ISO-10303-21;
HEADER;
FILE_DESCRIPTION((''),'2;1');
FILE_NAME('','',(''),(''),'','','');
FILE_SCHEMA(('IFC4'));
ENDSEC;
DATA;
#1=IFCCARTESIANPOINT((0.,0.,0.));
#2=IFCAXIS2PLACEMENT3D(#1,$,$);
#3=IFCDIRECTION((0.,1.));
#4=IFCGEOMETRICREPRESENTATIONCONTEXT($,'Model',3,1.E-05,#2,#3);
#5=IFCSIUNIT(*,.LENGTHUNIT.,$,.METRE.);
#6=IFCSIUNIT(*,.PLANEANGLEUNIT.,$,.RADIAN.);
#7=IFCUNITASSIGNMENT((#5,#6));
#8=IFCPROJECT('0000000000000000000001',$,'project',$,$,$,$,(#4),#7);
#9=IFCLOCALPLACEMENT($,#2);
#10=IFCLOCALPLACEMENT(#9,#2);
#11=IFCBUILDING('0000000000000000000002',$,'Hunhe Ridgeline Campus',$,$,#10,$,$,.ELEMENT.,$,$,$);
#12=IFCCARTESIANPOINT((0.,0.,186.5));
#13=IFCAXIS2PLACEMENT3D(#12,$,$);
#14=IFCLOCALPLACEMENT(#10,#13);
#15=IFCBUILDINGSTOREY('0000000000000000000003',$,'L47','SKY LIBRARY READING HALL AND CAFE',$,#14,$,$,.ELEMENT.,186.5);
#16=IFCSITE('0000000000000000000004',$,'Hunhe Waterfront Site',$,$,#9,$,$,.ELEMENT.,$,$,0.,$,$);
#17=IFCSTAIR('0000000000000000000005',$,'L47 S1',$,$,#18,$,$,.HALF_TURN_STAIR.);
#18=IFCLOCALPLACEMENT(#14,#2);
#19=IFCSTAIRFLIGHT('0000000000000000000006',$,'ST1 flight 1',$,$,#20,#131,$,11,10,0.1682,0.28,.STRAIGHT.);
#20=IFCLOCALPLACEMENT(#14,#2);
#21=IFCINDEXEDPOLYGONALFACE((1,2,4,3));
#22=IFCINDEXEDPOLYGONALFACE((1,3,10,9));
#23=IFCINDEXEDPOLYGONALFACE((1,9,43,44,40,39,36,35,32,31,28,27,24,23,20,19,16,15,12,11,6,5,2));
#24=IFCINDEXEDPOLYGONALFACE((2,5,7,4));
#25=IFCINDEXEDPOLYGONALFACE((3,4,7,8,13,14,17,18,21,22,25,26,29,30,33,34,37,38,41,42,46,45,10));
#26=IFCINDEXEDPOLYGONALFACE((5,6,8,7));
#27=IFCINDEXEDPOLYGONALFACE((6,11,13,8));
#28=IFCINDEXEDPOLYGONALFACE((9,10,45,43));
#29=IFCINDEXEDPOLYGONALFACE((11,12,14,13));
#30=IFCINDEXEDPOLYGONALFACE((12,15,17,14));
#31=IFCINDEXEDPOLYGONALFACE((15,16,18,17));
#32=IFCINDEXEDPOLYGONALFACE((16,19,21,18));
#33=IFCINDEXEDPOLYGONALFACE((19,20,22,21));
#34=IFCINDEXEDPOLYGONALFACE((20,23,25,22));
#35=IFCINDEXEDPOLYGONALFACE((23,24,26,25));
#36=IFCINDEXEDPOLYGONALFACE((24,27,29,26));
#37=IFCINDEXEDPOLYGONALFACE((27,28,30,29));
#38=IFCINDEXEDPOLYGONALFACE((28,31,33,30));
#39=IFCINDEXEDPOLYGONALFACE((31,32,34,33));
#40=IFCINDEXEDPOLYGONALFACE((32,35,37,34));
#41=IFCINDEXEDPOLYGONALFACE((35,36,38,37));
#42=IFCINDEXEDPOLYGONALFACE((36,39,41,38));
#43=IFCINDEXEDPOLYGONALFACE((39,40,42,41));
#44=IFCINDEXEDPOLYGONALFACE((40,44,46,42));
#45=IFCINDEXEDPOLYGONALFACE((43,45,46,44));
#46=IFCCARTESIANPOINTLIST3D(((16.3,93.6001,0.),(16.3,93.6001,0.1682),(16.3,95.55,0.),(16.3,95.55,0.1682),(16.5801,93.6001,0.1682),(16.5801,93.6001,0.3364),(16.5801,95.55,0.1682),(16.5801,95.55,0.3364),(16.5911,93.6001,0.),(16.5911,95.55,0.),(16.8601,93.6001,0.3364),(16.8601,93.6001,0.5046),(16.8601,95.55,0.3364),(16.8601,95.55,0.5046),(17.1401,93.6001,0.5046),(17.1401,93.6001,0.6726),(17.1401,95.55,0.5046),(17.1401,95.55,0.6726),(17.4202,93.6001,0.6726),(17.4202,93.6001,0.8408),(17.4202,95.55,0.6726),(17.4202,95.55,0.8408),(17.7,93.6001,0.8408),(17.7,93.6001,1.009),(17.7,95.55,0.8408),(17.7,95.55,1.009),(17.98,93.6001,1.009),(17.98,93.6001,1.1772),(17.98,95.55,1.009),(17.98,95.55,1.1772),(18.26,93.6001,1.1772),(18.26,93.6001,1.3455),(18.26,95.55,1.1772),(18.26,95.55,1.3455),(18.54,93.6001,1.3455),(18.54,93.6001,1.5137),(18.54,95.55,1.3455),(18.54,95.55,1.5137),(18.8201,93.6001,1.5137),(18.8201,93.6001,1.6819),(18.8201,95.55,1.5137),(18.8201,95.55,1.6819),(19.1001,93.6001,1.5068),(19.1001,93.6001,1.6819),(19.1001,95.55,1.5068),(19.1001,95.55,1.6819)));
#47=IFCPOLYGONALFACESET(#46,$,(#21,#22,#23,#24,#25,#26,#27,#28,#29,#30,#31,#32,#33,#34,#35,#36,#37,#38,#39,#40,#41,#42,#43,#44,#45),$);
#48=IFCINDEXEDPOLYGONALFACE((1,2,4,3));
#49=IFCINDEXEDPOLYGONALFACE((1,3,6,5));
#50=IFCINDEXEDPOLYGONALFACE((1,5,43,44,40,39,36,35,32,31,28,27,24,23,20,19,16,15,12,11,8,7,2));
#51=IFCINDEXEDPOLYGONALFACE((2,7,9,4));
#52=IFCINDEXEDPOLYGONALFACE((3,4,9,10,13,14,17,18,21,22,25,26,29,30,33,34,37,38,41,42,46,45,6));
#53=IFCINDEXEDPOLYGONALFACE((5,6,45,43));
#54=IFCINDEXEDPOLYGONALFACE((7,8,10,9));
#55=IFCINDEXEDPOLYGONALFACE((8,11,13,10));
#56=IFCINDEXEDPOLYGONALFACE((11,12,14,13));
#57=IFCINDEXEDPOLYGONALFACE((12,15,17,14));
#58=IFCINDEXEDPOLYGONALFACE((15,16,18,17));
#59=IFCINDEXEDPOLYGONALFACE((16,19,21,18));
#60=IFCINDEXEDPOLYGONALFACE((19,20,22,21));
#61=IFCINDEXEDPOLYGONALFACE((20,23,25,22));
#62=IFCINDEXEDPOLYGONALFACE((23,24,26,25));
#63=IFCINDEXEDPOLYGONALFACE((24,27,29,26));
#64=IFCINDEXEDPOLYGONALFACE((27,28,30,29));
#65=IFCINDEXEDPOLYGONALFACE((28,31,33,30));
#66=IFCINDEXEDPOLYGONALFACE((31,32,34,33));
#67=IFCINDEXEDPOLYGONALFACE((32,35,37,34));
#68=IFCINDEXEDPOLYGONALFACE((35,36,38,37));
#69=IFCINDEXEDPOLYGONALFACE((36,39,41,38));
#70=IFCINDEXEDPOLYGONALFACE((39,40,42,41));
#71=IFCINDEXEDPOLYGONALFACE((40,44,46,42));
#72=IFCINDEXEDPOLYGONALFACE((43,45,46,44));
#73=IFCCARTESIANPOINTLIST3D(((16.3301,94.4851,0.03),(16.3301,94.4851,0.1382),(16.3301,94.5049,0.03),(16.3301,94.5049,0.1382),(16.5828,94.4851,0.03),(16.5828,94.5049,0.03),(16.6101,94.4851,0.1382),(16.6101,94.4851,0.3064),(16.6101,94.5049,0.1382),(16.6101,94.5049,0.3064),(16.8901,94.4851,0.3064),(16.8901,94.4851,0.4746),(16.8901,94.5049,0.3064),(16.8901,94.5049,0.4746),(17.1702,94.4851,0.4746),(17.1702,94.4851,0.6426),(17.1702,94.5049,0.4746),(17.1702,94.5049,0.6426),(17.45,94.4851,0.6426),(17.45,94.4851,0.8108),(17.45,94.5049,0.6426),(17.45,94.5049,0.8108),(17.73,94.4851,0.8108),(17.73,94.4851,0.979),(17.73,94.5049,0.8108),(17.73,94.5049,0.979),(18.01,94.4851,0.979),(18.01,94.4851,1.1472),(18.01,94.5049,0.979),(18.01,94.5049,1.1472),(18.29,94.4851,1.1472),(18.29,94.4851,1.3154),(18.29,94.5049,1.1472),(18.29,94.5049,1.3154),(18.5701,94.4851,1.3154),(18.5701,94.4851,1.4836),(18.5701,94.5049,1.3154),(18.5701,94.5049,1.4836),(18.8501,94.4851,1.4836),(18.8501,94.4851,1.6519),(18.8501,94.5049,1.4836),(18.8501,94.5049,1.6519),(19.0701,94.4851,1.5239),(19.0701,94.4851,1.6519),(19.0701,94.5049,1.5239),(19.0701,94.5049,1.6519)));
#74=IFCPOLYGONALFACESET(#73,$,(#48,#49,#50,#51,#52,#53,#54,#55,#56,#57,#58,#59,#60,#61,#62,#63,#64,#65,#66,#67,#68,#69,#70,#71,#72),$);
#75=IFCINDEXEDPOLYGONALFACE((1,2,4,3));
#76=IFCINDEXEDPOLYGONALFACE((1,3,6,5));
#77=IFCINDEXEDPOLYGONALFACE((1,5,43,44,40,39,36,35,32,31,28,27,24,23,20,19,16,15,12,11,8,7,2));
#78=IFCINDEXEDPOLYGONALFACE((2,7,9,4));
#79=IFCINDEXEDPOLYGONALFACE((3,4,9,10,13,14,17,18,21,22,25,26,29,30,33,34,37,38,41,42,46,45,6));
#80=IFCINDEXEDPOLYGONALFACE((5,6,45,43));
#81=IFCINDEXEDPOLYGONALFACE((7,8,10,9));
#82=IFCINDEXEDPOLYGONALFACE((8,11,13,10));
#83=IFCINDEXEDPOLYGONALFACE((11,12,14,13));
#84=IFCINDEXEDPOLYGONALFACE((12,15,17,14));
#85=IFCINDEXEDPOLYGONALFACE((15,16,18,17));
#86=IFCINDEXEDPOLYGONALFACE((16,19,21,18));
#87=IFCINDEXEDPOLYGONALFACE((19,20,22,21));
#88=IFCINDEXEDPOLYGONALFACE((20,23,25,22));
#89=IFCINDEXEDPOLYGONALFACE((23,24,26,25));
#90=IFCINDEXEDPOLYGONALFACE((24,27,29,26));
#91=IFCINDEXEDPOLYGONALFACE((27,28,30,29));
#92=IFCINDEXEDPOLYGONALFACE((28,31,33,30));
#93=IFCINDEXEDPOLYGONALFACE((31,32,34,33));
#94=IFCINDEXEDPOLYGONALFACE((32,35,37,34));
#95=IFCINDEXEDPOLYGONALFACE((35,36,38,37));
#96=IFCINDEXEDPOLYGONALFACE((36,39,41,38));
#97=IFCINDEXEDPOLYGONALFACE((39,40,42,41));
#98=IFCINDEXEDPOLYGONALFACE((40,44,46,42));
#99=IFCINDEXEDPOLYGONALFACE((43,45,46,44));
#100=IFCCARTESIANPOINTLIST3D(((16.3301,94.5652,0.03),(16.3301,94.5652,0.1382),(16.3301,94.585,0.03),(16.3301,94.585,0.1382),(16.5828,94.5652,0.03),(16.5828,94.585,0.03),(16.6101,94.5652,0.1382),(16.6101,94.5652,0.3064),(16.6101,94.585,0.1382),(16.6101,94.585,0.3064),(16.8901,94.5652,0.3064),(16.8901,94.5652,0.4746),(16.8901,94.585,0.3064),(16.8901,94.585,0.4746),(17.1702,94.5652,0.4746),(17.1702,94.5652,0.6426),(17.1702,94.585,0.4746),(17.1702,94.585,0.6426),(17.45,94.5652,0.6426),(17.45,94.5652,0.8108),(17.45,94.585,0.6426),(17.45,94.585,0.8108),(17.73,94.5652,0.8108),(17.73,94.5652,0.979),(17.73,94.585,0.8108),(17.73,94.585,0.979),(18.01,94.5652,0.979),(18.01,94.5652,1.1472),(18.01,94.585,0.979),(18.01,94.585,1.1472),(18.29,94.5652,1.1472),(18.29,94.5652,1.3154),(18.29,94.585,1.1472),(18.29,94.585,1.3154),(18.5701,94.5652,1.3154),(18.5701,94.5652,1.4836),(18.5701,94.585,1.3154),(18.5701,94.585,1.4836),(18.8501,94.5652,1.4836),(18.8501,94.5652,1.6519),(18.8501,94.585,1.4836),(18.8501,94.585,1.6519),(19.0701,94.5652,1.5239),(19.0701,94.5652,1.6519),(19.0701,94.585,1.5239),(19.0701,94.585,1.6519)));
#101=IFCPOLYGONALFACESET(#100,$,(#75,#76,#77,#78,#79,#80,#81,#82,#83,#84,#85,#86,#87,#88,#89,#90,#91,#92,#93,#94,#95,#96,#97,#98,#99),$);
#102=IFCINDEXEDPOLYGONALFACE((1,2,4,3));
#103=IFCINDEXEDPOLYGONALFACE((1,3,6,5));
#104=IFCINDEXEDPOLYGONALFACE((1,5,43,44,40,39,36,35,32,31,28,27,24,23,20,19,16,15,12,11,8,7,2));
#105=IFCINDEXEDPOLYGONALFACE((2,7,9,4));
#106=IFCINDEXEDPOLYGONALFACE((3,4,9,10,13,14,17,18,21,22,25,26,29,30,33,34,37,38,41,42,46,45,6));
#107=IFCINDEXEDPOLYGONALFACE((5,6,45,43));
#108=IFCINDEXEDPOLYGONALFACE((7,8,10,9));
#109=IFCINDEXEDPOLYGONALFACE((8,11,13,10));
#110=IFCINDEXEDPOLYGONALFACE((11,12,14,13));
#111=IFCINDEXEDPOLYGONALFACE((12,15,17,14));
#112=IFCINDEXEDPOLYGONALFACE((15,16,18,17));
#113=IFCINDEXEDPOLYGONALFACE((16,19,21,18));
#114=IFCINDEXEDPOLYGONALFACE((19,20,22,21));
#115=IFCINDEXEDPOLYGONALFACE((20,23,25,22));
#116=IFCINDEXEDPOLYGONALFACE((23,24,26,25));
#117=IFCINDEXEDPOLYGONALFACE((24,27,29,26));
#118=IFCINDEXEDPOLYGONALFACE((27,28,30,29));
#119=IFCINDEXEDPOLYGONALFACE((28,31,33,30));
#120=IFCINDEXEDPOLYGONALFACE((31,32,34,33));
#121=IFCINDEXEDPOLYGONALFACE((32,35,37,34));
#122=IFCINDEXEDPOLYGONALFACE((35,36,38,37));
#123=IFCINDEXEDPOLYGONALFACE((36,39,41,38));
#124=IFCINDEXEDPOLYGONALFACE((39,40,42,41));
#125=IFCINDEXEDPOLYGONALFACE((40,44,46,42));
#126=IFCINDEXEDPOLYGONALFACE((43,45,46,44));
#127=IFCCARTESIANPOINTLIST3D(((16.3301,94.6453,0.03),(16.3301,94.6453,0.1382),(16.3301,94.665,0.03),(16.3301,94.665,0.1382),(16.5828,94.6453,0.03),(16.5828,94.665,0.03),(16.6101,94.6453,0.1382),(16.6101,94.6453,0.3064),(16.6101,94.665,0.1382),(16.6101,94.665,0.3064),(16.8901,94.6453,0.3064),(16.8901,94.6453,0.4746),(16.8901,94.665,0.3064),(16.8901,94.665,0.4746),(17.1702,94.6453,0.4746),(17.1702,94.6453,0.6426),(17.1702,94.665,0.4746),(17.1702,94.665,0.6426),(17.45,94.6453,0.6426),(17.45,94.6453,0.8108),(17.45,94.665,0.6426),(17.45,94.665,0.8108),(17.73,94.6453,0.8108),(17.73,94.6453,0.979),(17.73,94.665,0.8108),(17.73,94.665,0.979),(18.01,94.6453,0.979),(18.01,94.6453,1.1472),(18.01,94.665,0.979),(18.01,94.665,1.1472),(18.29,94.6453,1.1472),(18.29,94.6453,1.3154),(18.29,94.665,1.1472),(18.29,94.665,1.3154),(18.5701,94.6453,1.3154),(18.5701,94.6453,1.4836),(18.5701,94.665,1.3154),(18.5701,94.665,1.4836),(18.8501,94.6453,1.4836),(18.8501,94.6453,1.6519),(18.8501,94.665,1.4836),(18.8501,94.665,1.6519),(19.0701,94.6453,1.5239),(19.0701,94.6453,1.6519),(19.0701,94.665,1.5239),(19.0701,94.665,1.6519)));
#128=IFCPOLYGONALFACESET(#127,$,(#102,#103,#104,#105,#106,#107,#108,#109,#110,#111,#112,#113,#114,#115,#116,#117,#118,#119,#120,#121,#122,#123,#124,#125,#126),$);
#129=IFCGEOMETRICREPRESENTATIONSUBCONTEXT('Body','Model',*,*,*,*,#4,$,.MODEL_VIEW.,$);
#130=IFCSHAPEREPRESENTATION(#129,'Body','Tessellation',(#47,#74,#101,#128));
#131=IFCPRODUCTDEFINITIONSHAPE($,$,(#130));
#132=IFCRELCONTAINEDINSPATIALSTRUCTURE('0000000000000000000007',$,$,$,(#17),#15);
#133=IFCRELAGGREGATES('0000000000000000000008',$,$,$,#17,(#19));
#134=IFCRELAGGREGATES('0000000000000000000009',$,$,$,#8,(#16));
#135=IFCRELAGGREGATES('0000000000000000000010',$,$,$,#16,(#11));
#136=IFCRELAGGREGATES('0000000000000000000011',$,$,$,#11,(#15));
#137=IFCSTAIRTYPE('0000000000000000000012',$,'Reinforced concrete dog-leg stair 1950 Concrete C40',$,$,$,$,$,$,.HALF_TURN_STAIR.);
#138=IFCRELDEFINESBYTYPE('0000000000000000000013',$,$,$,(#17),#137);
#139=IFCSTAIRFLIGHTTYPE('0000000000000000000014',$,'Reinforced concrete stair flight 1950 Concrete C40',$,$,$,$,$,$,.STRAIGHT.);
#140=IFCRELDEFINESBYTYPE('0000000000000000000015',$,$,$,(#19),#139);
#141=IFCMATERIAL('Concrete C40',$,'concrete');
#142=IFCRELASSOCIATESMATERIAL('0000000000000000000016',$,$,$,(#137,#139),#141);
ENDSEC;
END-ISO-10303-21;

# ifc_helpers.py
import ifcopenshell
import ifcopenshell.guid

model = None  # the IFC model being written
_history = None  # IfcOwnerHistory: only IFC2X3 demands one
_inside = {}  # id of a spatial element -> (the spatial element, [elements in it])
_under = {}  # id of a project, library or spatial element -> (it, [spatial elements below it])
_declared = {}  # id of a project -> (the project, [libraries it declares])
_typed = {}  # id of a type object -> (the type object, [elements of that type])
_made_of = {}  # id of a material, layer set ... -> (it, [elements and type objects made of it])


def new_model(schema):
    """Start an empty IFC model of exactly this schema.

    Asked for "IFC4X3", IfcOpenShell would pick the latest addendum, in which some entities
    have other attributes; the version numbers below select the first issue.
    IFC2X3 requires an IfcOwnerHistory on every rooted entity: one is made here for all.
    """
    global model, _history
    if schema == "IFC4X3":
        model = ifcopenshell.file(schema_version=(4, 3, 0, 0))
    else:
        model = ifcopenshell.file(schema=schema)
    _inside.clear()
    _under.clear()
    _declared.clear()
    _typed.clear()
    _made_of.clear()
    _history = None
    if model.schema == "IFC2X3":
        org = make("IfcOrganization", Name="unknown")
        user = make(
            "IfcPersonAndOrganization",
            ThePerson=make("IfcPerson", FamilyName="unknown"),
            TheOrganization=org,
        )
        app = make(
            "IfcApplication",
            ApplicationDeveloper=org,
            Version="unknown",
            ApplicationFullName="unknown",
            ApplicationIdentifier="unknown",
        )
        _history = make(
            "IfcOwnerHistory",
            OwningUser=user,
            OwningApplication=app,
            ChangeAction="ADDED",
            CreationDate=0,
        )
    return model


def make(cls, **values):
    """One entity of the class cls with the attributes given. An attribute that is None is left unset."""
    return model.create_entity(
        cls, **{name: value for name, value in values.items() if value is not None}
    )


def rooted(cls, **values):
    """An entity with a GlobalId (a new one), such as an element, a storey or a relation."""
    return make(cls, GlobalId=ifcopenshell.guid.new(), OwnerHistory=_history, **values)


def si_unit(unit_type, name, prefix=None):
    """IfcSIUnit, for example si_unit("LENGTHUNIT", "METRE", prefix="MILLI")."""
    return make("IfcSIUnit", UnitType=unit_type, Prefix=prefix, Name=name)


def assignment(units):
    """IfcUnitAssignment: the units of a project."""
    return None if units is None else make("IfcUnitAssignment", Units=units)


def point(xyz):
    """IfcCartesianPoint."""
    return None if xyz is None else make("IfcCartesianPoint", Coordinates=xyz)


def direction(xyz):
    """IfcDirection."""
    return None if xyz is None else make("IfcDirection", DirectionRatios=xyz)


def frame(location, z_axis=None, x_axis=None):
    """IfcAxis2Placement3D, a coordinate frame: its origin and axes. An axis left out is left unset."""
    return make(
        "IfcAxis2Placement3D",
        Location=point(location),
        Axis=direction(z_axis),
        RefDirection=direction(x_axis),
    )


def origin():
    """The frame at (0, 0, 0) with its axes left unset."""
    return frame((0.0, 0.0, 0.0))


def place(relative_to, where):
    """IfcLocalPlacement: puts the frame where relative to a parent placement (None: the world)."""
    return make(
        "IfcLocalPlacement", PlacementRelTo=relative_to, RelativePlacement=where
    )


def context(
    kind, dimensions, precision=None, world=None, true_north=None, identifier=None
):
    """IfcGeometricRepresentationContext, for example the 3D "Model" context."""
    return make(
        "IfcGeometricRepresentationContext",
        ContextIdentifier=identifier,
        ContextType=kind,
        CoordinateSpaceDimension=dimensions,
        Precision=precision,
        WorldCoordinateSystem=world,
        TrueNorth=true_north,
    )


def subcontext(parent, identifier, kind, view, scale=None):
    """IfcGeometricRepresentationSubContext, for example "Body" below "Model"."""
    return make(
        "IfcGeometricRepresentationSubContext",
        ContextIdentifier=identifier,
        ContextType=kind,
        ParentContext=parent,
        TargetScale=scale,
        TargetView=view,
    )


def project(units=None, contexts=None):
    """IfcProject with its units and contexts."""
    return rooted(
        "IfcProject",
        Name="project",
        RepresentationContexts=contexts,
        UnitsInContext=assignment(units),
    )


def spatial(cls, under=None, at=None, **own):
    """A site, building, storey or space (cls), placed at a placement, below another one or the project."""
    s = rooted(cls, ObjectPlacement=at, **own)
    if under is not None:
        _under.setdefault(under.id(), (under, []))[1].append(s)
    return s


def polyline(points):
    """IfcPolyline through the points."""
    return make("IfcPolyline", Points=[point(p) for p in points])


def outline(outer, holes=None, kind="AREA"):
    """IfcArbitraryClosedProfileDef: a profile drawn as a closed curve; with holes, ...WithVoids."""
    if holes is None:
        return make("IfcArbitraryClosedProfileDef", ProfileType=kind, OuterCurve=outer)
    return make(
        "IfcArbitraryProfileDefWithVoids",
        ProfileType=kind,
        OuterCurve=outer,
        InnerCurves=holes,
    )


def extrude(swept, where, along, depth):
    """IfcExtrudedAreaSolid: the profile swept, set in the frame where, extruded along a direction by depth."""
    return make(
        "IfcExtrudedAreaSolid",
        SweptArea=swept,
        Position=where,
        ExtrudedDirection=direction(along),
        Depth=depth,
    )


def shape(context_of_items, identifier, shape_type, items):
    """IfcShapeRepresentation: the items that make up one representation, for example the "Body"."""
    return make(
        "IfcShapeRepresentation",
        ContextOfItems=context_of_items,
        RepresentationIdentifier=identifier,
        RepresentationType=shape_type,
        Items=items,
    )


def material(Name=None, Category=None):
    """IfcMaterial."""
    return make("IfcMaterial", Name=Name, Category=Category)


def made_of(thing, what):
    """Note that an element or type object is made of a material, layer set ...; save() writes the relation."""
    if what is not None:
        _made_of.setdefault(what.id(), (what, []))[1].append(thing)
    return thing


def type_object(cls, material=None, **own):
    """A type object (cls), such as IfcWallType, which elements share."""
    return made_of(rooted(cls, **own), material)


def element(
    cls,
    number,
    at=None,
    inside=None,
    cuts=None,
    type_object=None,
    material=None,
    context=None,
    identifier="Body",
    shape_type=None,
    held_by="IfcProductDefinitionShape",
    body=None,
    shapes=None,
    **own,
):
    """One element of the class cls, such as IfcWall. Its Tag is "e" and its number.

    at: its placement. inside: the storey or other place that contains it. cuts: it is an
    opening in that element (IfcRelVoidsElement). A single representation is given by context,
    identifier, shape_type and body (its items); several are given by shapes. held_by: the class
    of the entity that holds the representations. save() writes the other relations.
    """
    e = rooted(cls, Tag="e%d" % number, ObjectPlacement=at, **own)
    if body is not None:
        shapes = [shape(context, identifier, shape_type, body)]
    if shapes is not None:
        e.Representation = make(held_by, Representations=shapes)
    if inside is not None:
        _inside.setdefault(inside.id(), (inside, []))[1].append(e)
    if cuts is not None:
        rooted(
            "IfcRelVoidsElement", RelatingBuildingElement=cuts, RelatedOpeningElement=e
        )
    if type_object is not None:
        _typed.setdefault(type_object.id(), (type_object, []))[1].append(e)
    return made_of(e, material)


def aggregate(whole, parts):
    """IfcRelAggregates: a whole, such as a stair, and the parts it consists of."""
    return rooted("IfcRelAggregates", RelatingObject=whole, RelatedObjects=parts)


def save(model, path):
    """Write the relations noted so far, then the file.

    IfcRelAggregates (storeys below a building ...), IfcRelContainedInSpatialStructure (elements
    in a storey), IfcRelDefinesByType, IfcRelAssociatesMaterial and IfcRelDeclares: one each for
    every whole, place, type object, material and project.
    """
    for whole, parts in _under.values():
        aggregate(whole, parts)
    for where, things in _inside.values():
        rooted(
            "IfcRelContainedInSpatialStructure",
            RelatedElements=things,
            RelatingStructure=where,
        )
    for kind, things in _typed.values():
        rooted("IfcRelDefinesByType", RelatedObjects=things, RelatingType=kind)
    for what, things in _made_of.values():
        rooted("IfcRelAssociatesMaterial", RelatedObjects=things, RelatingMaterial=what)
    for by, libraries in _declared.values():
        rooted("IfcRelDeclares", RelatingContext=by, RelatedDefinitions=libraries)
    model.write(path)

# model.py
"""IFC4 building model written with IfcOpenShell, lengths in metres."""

from ifc_helpers import new_model, si_unit, direction, frame, origin, place, context, subcontext, project, spatial, polyline, outline, extrude, material, type_object, element, aggregate, save


model = new_model("IFC4")

# Units and contexts
model_context = context("Model", 3, precision=1e-05, world=origin(), true_north=direction((0.0, 1.0)))
body_context = subcontext(model_context, "Body", "Model", "MODEL_VIEW")
ifc_project = project(units=[si_unit("LENGTHUNIT", "METRE"), si_unit("PLANEANGLEUNIT", "RADIAN")], contexts=[model_context])

# Site, building, storey
site_placement = place(None, origin())
site = spatial("IfcSite", under=ifc_project, at=site_placement, Name="Hunhe Waterfront Site", CompositionType="ELEMENT", RefElevation=0.0)
building_placement = place(site_placement, origin())
building = spatial("IfcBuilding", under=site, at=building_placement, Name="Hunhe Ridgeline Campus", CompositionType="ELEMENT")
storey_placement = place(building_placement, frame((0.0, 0.0, 186.5)))
storey = spatial("IfcBuildingStorey", under=building, at=storey_placement, Name="L47", Description="SKY LIBRARY READING HALL AND CAFE", CompositionType="ELEMENT", Elevation=186.5)

# Stair, stair flight
ifc_material_1 = material(Name="Concrete C40", Category="concrete")
stair_type = type_object("IfcStairType", Name="Reinforced concrete dog-leg stair 1950 Concrete C40", PredefinedType="HALF_TURN_STAIR", material=ifc_material_1)
stair_placement = place(storey_placement, origin())
stair = element("IfcStair", 1, at=stair_placement, inside=storey, type_object=stair_type, Name="L47 S1", PredefinedType="HALF_TURN_STAIR")
stair_flight_type = type_object("IfcStairFlightType", Name="Reinforced concrete stair flight 1950 Concrete C40", PredefinedType="STRAIGHT", material=ifc_material_1)
stair_flight_1_placement = place(storey_placement, frame((16.3, 94.575, 0.0), z_axis=(0.0, 0.0, 1.0), x_axis=(1.0, 0.0, 0.0)))
stair_flight_1 = element("IfcStairFlight", 2, at=stair_flight_1_placement, type_object=stair_flight_type, Name="ST1 flight 1", NumberOfRisers=11, NumberOfTreads=10, PredefinedType="STRAIGHT", RiserHeight=0.1682, TreadLength=0.28, context=body_context, shape_type="SweptSolid", body=[
    extrude(outline(polyline([(0.0, 0.0), (0.0, 0.1682), (0.28, 0.1682), (0.28, 0.3364), (0.5601, 0.3364), (0.5601, 0.5046), (0.8401, 0.5046), (0.8401, 0.6726), (1.1201, 0.6726), (1.1201, 0.8408), (1.3999, 0.8408), (1.3999, 1.009), (1.6799, 1.009), (1.6799, 1.1772), (1.96, 1.1772), (1.96, 1.3455), (2.24, 1.3455), (2.24, 1.5137), (2.52, 1.5137), (2.52, 1.6819), (2.8, 1.6819), (2.8, 1.8501), (2.8, 1.5068), (0.291, 0.0), (0.0, 0.0)])), frame((0.0, 0.9751, 0.0), z_axis=(0.0, -1.0, 0.0), x_axis=(1.0, 0.0, 0.0)), (0.0, 0.0, 1.0), 1.95),
    extrude(outline(polyline([(0.03, 0.03), (0.03, 0.1382), (0.3101, 0.1382), (0.3101, 0.3064), (0.5901, 0.3064), (0.5901, 0.4746), (0.8701, 0.4746), (0.8701, 0.6426), (1.1499, 0.6426), (1.1499, 0.8108), (1.4299, 0.8108), (1.4299, 0.979), (1.71, 0.979), (1.71, 1.1472), (1.99, 1.1472), (1.99, 1.3154), (2.27, 1.3154), (2.27, 1.4836), (2.55, 1.4836), (2.55, 1.6519), (2.77, 1.6519), (2.77, 1.5239), (0.2827, 0.03), (0.03, 0.03)])), frame((0.0, -0.0701, 0.0), z_axis=(0.0, -1.0, 0.0), x_axis=(1.0, 0.0, 0.0)), (0.0, 0.0, 1.0), 0.0198),
    extrude(outline(polyline([(0.03, 0.03), (0.03, 0.1382), (0.3101, 0.1382), (0.3101, 0.3064), (0.5901, 0.3064), (0.5901, 0.4746), (0.8701, 0.4746), (0.8701, 0.6426), (1.1499, 0.6426), (1.1499, 0.8108), (1.4299, 0.8108), (1.4299, 0.979), (1.71, 0.979), (1.71, 1.1472), (1.99, 1.1472), (1.99, 1.3154), (2.27, 1.3154), (2.27, 1.4836), (2.55, 1.4836), (2.55, 1.6519), (2.77, 1.6519), (2.77, 1.5239), (0.2827, 0.03), (0.03, 0.03)])), frame((0.0, 0.01, 0.0), z_axis=(0.0, -1.0, 0.0), x_axis=(1.0, 0.0, 0.0)), (0.0, 0.0, 1.0), 0.0198),
    extrude(outline(polyline([(0.03, 0.03), (0.03, 0.1382), (0.3101, 0.1382), (0.3101, 0.3064), (0.5901, 0.3064), (0.5901, 0.4746), (0.8701, 0.4746), (0.8701, 0.6426), (1.1499, 0.6426), (1.1499, 0.8108), (1.4299, 0.8108), (1.4299, 0.979), (1.71, 0.979), (1.71, 1.1472), (1.99, 1.1472), (1.99, 1.3154), (2.27, 1.3154), (2.27, 1.4836), (2.55, 1.4836), (2.55, 1.6519), (2.77, 1.6519), (2.77, 1.5239), (0.2827, 0.03), (0.03, 0.03)])), frame((0.0, 0.0901, 0.0), z_axis=(0.0, -1.0, 0.0), x_axis=(1.0, 0.0, 0.0)), (0.0, 0.0, 1.0), 0.0198),
])
aggregate(stair, [stair_flight_1])

save(model, "model.ifc")
